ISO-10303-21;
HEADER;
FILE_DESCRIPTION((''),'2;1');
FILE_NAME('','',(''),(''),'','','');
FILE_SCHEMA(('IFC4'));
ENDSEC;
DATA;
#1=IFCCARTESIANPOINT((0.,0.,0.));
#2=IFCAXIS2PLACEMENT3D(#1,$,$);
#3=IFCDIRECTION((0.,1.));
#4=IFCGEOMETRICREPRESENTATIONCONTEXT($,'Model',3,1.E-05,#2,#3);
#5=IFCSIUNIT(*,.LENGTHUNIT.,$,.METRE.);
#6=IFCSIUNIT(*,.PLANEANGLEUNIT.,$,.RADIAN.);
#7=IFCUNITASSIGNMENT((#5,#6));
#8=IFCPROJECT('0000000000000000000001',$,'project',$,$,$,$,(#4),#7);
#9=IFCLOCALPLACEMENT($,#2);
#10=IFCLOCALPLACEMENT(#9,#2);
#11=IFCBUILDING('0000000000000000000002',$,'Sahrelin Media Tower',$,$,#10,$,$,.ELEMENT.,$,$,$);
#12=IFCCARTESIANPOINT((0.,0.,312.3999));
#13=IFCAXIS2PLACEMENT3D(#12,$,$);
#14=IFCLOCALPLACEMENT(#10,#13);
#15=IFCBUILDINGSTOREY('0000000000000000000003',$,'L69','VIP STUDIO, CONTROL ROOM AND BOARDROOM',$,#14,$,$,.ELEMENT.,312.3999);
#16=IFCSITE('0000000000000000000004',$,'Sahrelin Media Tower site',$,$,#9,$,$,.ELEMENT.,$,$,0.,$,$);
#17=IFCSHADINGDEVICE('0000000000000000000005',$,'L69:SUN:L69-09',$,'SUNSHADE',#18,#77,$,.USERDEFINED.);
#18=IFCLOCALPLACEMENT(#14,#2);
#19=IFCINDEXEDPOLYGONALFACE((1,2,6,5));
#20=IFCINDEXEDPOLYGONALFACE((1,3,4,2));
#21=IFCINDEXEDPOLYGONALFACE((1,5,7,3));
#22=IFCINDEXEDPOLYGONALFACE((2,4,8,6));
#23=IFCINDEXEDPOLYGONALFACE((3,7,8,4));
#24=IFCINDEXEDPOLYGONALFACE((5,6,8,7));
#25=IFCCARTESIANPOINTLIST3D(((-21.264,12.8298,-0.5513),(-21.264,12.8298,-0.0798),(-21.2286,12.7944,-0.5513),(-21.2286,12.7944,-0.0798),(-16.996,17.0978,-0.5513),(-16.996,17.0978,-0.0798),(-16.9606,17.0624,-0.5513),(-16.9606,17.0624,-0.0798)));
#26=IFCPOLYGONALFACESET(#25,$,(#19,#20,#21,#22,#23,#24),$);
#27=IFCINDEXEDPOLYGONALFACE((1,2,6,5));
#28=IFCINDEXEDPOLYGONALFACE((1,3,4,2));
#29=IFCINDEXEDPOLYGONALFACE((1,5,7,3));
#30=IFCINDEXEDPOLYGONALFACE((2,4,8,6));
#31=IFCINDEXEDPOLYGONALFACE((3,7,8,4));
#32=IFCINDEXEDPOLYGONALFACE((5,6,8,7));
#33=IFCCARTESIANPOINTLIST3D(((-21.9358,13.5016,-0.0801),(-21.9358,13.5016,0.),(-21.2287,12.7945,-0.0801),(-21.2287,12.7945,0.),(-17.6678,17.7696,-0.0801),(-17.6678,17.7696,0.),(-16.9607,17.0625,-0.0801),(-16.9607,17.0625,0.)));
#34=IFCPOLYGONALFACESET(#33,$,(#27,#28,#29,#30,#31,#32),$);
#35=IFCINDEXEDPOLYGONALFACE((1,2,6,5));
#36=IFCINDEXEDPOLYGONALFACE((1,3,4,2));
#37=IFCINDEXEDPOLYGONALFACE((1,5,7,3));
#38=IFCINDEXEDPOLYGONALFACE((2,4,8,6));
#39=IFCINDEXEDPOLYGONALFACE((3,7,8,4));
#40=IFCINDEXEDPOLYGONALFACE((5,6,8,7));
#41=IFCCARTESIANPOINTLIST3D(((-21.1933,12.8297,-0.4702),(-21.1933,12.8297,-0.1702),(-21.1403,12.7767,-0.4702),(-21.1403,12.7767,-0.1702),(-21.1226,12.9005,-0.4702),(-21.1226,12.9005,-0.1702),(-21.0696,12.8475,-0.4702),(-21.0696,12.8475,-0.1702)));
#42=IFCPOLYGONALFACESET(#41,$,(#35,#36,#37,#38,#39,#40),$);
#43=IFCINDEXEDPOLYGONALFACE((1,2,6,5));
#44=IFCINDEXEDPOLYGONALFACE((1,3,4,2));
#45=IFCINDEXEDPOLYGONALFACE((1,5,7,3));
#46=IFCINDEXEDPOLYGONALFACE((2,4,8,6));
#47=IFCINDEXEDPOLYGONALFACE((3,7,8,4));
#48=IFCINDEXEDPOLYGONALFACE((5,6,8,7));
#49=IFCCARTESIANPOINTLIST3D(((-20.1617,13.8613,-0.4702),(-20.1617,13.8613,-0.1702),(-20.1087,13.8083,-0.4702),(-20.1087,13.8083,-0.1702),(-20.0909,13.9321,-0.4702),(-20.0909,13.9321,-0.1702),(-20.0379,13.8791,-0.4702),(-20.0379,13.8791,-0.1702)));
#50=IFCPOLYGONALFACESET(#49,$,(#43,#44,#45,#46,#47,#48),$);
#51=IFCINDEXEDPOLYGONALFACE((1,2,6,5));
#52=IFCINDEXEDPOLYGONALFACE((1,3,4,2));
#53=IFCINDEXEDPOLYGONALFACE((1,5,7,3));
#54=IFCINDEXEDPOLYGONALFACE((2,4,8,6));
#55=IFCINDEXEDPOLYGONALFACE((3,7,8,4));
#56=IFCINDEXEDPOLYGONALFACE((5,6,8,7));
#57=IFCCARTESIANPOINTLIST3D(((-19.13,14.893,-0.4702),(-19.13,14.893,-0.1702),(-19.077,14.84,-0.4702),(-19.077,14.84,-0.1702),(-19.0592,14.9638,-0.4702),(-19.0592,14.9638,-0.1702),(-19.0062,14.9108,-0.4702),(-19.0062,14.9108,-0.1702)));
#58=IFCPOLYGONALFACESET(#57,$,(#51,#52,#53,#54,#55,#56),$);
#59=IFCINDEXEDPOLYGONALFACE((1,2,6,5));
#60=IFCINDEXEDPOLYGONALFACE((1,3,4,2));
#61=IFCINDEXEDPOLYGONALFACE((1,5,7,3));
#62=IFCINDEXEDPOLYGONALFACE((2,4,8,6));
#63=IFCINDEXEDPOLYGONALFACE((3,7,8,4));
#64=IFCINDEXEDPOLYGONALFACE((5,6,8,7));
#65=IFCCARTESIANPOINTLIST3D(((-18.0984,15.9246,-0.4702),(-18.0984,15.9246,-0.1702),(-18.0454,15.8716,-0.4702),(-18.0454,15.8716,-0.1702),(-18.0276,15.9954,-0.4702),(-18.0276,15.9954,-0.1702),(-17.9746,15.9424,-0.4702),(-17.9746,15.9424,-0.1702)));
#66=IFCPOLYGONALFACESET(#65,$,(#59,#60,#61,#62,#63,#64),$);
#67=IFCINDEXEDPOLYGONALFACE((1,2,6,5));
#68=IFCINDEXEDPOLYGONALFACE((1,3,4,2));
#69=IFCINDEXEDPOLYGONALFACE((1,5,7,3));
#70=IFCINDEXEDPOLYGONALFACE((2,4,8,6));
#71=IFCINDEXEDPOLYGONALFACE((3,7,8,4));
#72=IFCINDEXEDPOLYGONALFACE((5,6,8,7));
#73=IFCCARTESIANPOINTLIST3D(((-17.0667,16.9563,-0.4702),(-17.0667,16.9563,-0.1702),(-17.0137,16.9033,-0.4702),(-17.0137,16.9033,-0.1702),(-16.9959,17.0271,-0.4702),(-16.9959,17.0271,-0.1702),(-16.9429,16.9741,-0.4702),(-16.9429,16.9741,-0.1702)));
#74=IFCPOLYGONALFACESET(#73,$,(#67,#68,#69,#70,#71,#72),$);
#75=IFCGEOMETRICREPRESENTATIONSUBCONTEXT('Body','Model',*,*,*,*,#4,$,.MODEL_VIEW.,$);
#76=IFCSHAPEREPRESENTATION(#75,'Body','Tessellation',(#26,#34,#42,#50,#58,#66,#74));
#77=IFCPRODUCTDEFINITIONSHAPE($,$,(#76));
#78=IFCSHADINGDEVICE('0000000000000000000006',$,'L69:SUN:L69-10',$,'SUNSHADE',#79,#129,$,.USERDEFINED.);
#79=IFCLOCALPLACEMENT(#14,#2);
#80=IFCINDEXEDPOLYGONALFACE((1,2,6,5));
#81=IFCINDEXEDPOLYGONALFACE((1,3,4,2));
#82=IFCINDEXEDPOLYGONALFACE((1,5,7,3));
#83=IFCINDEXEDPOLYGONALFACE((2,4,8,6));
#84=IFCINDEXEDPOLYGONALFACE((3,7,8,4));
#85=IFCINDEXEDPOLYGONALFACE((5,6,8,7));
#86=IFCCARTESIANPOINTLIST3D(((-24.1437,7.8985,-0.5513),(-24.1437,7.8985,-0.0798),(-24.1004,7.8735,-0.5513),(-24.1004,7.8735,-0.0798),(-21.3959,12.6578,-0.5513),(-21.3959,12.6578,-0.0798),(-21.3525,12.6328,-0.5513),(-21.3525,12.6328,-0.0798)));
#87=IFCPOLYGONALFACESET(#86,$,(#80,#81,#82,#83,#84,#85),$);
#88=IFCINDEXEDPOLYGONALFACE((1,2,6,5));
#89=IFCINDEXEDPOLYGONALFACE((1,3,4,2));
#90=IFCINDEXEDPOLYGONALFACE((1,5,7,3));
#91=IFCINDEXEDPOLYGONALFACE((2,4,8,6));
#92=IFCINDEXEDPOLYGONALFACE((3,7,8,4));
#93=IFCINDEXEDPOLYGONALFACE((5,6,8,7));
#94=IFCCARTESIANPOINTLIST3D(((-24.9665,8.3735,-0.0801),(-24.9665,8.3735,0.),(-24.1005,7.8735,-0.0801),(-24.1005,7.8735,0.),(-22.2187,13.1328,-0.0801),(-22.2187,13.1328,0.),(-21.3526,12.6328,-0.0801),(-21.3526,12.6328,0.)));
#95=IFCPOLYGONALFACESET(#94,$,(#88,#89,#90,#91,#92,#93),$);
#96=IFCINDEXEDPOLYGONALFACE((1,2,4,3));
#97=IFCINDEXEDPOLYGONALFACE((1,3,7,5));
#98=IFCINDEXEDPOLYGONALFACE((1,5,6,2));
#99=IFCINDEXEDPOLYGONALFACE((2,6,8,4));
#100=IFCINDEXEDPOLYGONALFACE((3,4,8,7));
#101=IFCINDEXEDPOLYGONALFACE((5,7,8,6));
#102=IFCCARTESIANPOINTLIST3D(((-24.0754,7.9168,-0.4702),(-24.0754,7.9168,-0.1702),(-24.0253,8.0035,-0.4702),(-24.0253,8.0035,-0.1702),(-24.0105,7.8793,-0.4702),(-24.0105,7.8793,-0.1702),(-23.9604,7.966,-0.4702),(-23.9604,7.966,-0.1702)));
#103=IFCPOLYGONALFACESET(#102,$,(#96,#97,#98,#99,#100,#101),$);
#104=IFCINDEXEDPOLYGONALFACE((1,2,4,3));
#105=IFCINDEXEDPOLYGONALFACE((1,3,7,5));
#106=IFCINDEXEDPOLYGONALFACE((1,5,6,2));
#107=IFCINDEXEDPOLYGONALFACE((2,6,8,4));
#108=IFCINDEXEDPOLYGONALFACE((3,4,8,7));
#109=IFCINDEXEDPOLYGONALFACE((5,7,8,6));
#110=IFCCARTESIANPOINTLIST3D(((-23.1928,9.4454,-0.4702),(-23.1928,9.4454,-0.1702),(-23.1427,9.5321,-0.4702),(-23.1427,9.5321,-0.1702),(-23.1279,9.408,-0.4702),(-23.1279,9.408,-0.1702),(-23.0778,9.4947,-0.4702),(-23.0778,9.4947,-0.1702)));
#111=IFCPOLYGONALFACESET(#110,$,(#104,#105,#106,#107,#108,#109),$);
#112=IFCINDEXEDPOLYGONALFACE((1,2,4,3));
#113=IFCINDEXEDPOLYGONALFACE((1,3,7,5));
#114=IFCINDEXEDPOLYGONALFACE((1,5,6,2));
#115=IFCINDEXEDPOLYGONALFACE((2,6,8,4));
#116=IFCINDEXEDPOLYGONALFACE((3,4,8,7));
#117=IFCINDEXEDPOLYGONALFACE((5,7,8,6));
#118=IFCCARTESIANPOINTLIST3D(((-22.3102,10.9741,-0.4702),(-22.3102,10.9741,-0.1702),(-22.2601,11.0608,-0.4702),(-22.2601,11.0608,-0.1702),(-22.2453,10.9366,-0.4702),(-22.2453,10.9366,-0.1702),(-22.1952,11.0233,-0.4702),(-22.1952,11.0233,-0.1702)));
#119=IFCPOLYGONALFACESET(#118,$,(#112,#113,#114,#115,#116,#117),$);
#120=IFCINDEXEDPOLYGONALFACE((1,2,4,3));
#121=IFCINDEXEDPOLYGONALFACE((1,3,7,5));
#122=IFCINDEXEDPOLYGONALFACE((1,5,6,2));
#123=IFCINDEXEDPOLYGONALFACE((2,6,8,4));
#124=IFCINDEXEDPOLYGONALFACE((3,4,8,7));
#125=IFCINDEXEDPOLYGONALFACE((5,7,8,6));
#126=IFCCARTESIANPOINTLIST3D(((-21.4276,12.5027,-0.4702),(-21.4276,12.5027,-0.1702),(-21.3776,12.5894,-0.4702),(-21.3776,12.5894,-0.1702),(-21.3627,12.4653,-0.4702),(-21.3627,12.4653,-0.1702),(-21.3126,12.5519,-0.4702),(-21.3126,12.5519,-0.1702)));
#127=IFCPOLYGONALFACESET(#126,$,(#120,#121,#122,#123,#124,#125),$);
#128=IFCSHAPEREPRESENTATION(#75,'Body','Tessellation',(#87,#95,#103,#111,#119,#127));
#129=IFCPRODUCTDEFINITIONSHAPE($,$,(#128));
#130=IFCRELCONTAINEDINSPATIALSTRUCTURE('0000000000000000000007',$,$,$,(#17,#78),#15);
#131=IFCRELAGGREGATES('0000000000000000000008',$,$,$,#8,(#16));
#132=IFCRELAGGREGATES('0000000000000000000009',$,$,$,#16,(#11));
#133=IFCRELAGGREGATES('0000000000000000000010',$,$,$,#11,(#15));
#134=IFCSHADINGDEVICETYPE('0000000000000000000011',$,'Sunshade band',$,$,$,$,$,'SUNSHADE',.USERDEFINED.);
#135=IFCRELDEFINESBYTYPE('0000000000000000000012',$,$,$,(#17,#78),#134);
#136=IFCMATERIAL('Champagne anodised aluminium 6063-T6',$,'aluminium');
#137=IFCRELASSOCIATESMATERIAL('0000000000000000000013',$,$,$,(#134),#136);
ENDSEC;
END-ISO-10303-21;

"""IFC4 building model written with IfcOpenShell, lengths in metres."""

from ifc_helpers import new_model, si_unit, direction, frame, origin, origin_2d, place, context, subcontext, project, spatial, rectangle, extrude, material, type_object, element, save


model = new_model("IFC4")

# Units and contexts
model_context = context("Model", 3, precision=1e-05, world=origin(), true_north=direction((0.0, 1.0)))
body_context = subcontext(model_context, "Body", "Model", "MODEL_VIEW")
ifc_project = project(units=[si_unit("LENGTHUNIT", "METRE"), si_unit("PLANEANGLEUNIT", "RADIAN")], contexts=[model_context])

# Site, building, storey
site_placement = place(None, origin())
site = spatial("IfcSite", under=ifc_project, at=site_placement, Name="Sahrelin Media Tower site", CompositionType="ELEMENT", RefElevation=0.0)
building_placement = place(site_placement, origin())
building = spatial("IfcBuilding", under=site, at=building_placement, Name="Sahrelin Media Tower", CompositionType="ELEMENT")
storey_placement = place(building_placement, frame((0.0, 0.0, 312.3999)))
storey = spatial("IfcBuildingStorey", under=building, at=storey_placement, Name="L69", Description="VIP STUDIO, CONTROL ROOM AND BOARDROOM", CompositionType="ELEMENT", Elevation=312.3999)

# Shared definitions
ifc_material_1 = material(Name="Champagne anodised aluminium 6063-T6", Category="aluminium")

# Shading devices
placement_1 = place(storey_placement, frame((-19.0806, 14.9143, 0.0), z_axis=(0.0, 0.0, 1.0), x_axis=(0.707107, 0.707107, 0.0)))
placement_2 = place(storey_placement, frame((-22.7092, 10.2432, 0.0), z_axis=(0.0, 0.0, 1.0), x_axis=(0.500011, 0.866019, 0.0)))
shading_device_type_1 = type_object("IfcShadingDeviceType", Name="Sunshade band", ElementType="SUNSHADE", PredefinedType="USERDEFINED", material=ifc_material_1)
element("IfcShadingDevice", 1, at=placement_1, inside=storey, type_object=shading_device_type_1, Name="L69:SUN:L69-09", ObjectType="SUNSHADE", PredefinedType="USERDEFINED", context=body_context, shape_type="SweptSolid", body=[
    extrude(rectangle(XDim=6.0359, YDim=0.05, at=origin_2d()), frame((0.0, 0.0449, -0.5513)), (0.0, 0.0, 1.0), 0.4714),
    extrude(rectangle(XDim=6.0359, YDim=1.0, at=origin_2d()), frame((0.0, 0.52, -0.0801)), (0.0, 0.0, 1.0), 0.0801),
    extrude(rectangle(XDim=0.1001, YDim=0.075, at=origin_2d()), frame((-2.918, -0.0176, -0.4702)), (0.0, 0.0, 1.0), 0.3),
    extrude(rectangle(XDim=0.1001, YDim=0.075, at=origin_2d()), frame((-1.459, -0.0176, -0.4702)), (0.0, 0.0, 1.0), 0.3),
    extrude(rectangle(XDim=0.1001, YDim=0.075, at=origin_2d()), frame((0.0, -0.0176, -0.4702)), (0.0, 0.0, 1.0), 0.3),
    extrude(rectangle(XDim=0.1001, YDim=0.075, at=origin_2d()), frame((1.459, -0.0176, -0.4702)), (0.0, 0.0, 1.0), 0.3),
    extrude(rectangle(XDim=0.1001, YDim=0.075, at=origin_2d()), frame((2.918, -0.0176, -0.4702)), (0.0, 0.0, 1.0), 0.3),
])
element("IfcShadingDevice", 2, at=placement_2, inside=storey, type_object=shading_device_type_1, Name="L69:SUN:L69-10", ObjectType="SUNSHADE", PredefinedType="USERDEFINED", context=body_context, shape_type="SweptSolid", body=[
    extrude(rectangle(XDim=5.4956, YDim=0.05, at=origin_2d()), frame((0.0, 0.0449, -0.5513)), (0.0, 0.0, 1.0), 0.4714),
    extrude(rectangle(XDim=5.4956, YDim=1.0, at=origin_2d()), frame((0.0, 0.52, -0.0801)), (0.0, 0.0, 1.0), 0.0801),
    extrude(rectangle(XDim=0.1001, YDim=0.075, at=origin_2d()), frame((-2.6477, -0.0176, -0.4702)), (0.0, 0.0, 1.0), 0.3),
    extrude(rectangle(XDim=0.1001, YDim=0.075, at=origin_2d()), frame((-0.8826, -0.0176, -0.4702)), (0.0, 0.0, 1.0), 0.3),
    extrude(rectangle(XDim=0.1001, YDim=0.075, at=origin_2d()), frame((0.8826, -0.0176, -0.4702)), (0.0, 0.0, 1.0), 0.3),
    extrude(rectangle(XDim=0.1001, YDim=0.075, at=origin_2d()), frame((2.6477, -0.0176, -0.4702)), (0.0, 0.0, 1.0), 0.3),
])

save(model, "model.ifc")
